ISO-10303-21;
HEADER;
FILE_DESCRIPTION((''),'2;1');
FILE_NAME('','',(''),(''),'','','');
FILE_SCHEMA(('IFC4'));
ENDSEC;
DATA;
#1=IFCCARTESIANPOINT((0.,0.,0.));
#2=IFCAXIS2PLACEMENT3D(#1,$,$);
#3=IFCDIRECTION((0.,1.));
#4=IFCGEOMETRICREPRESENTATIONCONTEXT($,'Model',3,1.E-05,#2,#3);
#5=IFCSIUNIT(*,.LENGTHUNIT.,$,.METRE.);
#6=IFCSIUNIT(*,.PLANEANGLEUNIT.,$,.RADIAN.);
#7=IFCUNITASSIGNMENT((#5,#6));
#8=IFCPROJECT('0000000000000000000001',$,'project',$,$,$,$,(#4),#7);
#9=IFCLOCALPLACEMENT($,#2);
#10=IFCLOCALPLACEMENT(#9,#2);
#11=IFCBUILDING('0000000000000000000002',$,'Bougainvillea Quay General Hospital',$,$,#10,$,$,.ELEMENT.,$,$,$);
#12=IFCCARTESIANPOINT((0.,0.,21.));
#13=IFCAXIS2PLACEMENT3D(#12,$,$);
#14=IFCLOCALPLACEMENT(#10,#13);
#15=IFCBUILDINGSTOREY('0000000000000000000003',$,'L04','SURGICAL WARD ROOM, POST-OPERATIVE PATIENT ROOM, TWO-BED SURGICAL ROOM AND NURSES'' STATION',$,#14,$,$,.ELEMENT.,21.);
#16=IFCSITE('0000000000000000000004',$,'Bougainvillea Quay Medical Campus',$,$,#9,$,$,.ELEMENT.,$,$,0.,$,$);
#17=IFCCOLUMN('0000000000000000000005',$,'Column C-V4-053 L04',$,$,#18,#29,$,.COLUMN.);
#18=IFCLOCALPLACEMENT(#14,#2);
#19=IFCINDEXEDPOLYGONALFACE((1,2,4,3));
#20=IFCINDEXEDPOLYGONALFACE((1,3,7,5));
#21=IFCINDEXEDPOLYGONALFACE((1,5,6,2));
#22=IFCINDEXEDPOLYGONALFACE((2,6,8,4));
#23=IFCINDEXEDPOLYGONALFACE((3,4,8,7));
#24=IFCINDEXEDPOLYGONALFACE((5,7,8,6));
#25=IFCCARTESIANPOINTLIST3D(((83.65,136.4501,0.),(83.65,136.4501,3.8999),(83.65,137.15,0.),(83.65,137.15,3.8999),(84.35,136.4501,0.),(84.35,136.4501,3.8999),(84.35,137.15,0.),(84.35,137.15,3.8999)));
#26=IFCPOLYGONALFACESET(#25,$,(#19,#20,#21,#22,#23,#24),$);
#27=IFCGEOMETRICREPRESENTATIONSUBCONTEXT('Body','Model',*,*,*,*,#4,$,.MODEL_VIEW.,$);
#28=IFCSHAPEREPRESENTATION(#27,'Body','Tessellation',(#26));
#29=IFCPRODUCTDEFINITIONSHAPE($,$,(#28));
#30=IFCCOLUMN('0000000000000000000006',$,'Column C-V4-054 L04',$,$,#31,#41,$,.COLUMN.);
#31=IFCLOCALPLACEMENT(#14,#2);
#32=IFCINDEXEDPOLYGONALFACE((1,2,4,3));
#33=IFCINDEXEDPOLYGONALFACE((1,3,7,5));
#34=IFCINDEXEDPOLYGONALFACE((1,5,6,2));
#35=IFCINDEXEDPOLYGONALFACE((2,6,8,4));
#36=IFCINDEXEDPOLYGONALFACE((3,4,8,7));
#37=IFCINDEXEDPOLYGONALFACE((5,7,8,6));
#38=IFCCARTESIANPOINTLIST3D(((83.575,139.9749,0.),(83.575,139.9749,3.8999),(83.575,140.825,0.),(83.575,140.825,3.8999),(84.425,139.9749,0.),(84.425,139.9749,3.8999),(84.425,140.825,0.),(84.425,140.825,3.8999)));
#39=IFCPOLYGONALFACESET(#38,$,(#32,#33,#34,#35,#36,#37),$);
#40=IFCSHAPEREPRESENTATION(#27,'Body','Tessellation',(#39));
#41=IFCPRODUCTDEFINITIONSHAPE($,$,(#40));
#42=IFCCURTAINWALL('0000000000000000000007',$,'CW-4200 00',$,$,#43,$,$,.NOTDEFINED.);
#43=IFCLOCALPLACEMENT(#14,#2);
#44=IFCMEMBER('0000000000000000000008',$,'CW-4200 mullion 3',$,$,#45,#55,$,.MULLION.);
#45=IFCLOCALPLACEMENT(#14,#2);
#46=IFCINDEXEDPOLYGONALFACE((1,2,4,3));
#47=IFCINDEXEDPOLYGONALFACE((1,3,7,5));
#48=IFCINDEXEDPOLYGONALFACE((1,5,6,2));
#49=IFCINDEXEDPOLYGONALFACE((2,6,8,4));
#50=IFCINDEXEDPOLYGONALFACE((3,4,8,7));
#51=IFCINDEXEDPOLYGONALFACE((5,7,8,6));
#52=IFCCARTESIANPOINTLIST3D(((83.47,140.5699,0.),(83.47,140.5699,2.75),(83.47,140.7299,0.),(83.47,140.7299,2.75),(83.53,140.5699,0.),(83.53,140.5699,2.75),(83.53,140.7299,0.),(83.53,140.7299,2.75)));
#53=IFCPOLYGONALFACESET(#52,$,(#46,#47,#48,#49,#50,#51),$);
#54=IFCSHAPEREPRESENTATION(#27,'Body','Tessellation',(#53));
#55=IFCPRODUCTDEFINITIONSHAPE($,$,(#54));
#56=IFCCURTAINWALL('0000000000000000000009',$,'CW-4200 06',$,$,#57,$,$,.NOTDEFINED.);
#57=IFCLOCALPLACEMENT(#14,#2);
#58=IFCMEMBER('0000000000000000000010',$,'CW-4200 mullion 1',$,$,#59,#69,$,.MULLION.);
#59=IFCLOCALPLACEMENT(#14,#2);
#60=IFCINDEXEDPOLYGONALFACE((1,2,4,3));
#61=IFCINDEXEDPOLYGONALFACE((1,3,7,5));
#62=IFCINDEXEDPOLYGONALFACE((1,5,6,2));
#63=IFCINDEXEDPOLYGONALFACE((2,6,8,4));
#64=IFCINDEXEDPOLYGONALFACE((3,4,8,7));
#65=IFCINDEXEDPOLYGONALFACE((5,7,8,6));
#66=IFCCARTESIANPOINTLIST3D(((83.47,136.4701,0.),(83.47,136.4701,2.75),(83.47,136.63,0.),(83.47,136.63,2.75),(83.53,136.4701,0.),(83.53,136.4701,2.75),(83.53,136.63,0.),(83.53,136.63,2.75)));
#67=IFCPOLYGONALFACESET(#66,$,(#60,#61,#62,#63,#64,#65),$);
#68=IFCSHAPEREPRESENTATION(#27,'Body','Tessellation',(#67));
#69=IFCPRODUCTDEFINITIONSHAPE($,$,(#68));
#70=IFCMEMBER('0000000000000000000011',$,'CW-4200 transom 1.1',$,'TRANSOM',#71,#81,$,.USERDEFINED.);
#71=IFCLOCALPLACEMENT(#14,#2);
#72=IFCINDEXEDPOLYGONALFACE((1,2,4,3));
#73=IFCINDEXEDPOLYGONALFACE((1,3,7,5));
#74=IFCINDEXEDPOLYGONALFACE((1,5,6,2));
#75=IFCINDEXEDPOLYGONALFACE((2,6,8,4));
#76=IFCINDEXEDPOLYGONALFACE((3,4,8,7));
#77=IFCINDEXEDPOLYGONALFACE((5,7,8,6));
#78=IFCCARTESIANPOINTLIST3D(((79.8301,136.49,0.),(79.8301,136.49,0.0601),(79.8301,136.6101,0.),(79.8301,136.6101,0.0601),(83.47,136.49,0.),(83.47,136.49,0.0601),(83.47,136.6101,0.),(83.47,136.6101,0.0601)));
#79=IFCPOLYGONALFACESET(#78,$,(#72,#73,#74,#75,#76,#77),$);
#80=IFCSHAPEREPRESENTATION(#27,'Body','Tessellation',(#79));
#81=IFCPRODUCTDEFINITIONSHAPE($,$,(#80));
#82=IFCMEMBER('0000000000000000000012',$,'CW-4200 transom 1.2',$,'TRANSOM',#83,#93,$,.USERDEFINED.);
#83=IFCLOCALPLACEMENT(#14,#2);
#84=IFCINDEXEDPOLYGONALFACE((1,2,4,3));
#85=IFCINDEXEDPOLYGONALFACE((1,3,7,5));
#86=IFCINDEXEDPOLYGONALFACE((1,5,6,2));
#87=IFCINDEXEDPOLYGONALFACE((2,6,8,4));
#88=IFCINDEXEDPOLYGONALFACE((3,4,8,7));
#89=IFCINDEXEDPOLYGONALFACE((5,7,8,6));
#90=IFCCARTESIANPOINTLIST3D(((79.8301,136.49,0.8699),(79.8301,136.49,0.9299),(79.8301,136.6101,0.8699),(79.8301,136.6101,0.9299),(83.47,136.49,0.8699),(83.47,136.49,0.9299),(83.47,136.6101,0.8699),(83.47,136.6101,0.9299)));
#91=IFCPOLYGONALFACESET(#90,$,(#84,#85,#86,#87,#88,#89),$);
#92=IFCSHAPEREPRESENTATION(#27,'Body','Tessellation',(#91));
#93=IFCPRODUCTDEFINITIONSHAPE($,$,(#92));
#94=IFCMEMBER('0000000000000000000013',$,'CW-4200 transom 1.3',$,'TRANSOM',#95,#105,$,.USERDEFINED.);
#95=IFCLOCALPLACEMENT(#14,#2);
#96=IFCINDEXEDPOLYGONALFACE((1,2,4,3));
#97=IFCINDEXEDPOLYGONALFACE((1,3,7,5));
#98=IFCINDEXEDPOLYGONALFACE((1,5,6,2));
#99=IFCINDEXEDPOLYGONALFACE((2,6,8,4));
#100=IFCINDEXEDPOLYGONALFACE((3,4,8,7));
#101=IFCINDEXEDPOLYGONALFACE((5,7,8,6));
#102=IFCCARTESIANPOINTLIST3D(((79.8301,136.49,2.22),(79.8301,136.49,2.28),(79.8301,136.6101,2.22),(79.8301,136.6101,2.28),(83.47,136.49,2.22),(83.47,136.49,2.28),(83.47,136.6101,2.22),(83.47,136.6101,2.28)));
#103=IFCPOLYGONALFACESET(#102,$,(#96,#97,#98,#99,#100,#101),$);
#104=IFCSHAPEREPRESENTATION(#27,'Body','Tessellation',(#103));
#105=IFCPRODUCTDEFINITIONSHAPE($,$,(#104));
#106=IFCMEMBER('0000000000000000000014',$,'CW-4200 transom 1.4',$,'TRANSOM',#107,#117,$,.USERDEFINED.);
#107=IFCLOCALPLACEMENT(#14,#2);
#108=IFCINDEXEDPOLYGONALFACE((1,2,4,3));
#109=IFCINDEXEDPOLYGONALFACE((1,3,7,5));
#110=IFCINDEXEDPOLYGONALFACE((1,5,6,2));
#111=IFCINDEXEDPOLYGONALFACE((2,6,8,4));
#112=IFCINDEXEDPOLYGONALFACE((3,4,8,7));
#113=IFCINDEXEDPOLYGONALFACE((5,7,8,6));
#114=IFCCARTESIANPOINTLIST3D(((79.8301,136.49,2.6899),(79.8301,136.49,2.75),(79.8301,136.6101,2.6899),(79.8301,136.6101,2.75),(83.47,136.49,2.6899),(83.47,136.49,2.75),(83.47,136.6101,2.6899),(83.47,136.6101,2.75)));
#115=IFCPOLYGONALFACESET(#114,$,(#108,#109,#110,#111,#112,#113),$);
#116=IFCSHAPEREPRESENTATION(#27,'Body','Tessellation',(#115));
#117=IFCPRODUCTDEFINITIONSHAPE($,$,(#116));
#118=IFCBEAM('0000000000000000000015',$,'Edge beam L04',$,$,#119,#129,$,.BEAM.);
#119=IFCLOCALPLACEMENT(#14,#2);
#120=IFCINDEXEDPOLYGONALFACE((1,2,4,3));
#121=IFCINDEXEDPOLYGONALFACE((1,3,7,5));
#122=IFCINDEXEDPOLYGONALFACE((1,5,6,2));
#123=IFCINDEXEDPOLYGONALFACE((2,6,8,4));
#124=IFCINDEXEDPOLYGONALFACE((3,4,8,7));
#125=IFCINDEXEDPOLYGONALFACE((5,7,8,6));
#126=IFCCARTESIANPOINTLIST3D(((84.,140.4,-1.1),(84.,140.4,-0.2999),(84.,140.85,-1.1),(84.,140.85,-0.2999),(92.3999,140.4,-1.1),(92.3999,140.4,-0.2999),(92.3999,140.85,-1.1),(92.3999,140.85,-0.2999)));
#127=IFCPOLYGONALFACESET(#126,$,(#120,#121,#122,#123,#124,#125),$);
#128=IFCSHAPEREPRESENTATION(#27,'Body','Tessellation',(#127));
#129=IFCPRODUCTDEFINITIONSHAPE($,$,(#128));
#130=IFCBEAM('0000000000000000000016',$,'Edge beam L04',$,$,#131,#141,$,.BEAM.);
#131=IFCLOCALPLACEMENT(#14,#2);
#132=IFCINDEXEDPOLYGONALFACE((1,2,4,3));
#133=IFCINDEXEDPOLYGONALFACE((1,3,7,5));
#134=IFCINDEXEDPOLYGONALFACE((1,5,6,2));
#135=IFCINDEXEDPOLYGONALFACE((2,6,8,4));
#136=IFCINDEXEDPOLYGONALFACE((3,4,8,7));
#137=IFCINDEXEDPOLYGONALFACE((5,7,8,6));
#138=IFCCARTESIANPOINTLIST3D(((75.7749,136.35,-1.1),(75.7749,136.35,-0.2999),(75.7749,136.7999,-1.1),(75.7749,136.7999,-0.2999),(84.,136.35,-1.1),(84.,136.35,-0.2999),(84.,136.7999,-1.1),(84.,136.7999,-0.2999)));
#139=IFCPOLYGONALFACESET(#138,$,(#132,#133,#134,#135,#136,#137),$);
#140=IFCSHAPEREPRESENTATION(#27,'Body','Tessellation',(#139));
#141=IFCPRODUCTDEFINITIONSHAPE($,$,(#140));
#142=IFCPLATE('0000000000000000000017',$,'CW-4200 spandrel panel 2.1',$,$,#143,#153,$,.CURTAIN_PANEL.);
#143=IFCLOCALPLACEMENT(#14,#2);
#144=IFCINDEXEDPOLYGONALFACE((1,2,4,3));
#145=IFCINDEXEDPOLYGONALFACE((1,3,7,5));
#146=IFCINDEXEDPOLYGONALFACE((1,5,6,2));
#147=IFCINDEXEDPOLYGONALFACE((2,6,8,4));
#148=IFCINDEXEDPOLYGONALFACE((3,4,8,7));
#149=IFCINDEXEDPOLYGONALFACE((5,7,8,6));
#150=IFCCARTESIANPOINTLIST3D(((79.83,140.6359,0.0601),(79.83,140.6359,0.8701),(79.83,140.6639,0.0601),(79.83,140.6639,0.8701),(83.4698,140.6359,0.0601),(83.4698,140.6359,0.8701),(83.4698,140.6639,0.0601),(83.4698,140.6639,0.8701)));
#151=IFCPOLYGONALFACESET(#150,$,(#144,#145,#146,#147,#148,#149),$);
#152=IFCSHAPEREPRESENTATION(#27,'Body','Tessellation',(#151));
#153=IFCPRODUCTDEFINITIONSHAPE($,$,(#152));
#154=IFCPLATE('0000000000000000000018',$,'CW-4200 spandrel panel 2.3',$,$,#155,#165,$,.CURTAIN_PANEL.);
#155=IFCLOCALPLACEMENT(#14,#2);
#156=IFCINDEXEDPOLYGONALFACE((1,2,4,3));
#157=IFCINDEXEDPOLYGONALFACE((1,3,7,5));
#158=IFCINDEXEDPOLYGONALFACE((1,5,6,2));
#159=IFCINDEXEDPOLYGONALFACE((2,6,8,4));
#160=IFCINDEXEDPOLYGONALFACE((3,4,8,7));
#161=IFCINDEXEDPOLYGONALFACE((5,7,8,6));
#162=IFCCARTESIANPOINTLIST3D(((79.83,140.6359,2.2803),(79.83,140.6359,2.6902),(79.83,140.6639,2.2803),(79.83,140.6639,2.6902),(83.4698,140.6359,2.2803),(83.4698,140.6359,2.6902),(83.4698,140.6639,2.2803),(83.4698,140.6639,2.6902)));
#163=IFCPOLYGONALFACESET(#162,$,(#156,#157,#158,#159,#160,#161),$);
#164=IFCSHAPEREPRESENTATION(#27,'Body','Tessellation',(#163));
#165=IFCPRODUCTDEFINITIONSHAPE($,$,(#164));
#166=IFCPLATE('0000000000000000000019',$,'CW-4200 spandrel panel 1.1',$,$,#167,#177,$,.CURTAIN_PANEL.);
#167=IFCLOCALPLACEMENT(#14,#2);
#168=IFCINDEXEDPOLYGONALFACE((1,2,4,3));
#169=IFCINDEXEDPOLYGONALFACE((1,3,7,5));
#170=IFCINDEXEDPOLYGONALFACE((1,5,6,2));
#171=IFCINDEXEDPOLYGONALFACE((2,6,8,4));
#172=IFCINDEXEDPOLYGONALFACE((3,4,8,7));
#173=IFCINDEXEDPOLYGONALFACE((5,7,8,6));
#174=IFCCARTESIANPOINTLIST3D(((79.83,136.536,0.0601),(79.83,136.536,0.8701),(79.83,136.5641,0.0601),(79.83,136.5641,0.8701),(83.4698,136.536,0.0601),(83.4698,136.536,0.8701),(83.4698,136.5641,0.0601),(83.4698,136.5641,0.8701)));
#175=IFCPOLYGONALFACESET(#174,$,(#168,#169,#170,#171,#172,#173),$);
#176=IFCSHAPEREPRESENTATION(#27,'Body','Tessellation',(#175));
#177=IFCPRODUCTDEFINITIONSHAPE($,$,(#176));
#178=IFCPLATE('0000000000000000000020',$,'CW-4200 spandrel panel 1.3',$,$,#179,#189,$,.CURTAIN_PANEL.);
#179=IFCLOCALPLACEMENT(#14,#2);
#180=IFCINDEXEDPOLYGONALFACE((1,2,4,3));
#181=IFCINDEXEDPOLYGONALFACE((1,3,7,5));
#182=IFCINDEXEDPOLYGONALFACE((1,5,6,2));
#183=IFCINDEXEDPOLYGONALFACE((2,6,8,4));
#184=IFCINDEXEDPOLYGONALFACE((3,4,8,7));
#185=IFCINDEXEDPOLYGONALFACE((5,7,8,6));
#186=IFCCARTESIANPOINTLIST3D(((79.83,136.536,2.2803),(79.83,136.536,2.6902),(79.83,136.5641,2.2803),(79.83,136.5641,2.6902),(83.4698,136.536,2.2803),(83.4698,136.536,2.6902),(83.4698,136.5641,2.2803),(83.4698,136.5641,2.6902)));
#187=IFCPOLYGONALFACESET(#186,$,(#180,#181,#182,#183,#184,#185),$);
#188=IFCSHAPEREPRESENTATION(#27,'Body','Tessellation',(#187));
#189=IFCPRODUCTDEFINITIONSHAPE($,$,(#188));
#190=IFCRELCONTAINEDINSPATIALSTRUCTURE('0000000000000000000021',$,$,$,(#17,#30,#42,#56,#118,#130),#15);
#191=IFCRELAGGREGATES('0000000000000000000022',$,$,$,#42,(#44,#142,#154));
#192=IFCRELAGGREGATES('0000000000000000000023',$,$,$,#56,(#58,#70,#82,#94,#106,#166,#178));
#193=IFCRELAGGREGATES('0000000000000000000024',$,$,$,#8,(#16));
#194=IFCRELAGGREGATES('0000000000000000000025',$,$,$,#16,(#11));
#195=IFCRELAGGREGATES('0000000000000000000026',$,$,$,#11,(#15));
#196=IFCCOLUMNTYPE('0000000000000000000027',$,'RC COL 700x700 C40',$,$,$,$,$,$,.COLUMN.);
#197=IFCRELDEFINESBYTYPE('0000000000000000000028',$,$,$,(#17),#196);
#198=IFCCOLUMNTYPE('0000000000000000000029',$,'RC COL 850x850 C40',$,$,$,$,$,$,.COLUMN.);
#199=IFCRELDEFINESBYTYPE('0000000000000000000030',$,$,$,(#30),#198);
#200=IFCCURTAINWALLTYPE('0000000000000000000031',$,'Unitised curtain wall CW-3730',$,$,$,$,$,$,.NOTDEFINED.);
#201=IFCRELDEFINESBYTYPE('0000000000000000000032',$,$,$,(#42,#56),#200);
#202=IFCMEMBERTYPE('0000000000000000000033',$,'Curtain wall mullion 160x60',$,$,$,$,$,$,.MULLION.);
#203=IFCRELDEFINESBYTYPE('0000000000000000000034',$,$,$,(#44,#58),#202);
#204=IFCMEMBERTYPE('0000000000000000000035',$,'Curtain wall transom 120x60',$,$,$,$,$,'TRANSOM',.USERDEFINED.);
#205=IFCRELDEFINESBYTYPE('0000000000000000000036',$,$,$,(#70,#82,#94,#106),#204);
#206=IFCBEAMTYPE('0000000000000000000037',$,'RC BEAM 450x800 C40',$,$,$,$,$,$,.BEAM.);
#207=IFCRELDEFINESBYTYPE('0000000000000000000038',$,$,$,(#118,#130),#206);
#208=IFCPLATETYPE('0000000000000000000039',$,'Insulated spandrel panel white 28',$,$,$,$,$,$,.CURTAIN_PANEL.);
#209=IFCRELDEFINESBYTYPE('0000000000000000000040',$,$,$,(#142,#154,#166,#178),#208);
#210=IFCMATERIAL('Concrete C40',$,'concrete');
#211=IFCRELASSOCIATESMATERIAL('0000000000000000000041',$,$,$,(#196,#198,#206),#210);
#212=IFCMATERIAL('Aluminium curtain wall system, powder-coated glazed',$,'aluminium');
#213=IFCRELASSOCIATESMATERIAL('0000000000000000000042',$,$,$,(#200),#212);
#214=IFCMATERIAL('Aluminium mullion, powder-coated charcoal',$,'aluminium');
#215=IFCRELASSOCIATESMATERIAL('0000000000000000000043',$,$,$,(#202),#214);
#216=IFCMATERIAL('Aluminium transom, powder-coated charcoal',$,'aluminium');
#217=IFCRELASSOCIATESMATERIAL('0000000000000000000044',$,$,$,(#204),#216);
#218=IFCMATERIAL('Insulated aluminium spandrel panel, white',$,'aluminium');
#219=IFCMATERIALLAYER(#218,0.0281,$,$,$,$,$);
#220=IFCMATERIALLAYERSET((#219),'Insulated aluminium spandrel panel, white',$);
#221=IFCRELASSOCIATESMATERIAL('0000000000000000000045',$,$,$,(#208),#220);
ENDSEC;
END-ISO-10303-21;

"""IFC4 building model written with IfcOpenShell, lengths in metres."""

from ifc_helpers import new_model, si_unit, direction, frame, origin, origin_2d, place, context, subcontext, project, spatial, rectangle, extrude, material, layer, layer_set, material_profile, profile_set, type_object, element, aggregate, save


model = new_model("IFC4")

# Units and contexts
model_context = context("Model", 3, precision=1e-05, world=origin(), true_north=direction((0.0, 1.0)))
body_context = subcontext(model_context, "Body", "Model", "MODEL_VIEW")
ifc_project = project(units=[si_unit("LENGTHUNIT", "METRE"), si_unit("PLANEANGLEUNIT", "RADIAN")], contexts=[model_context])

# Site, building, storey
site_placement = place(None, origin())
site = spatial("IfcSite", under=ifc_project, at=site_placement, Name="Bougainvillea Quay Medical Campus", CompositionType="ELEMENT", RefElevation=0.0)
building_placement = place(site_placement, origin())
building = spatial("IfcBuilding", under=site, at=building_placement, Name="Bougainvillea Quay General Hospital", CompositionType="ELEMENT")
storey_placement = place(building_placement, frame((0.0, 0.0, 21.0)))
storey = spatial("IfcBuildingStorey", under=building, at=storey_placement, Name="L04", Description="SURGICAL WARD ROOM, POST-OPERATIVE PATIENT ROOM, TWO-BED SURGICAL ROOM AND NURSES' STATION", CompositionType="ELEMENT", Elevation=21.0)

# Columns
ifc_material_1 = material(Name="Concrete C40", Category="concrete")
ifc_material_profile_1 = material_profile(ifc_material_1, rectangle(XDim=0.7, YDim=0.7, at=origin_2d()))
ifc_profile_set_1 = profile_set([ifc_material_profile_1], Name="Concrete C40")
column_type_1 = type_object("IfcColumnType", Name="RC COL 700x700 C40", PredefinedType="COLUMN", material=ifc_profile_set_1)
column_1_placement = place(storey_placement, frame((84.0, 136.8, 0.0), z_axis=(0.0, 0.0, 1.0), x_axis=(1.0, 0.0, 0.0)))
element("IfcColumn", 1, at=column_1_placement, inside=storey, type_object=column_type_1, Name="Column C-V4-053 L04", PredefinedType="COLUMN", context=body_context, shape_type="SweptSolid", body=[
    extrude(rectangle(XDim=0.7, YDim=0.7, at=origin_2d()), origin(), (0.0, 0.0, 1.0), 3.8999),
])
ifc_material_profile_2 = material_profile(ifc_material_1, rectangle(XDim=0.8501, YDim=0.8501, at=origin_2d()))
ifc_profile_set_2 = profile_set([ifc_material_profile_2], Name="Concrete C40")
column_type_2 = type_object("IfcColumnType", Name="RC COL 850x850 C40", PredefinedType="COLUMN", material=ifc_profile_set_2)
column_2_placement = place(storey_placement, frame((84.0, 140.3999, 0.0), z_axis=(0.0, 0.0, 1.0), x_axis=(1.0, 0.0, 0.0)))
element("IfcColumn", 2, at=column_2_placement, inside=storey, type_object=column_type_2, Name="Column C-V4-054 L04", PredefinedType="COLUMN", context=body_context, shape_type="SweptSolid", body=[
    extrude(rectangle(XDim=0.8501, YDim=0.8501, at=origin_2d()), origin(), (0.0, 0.0, 1.0), 3.8999),
])

# Curtain wall, member
ifc_material_2 = material(Name="Aluminium curtain wall system, powder-coated glazed", Category="aluminium")
curtain_wall_type = type_object("IfcCurtainWallType", Name="Unitised curtain wall CW-3730", PredefinedType="NOTDEFINED", material=ifc_material_2)
curtain_wall_1_placement = place(storey_placement, origin())
curtain_wall_1 = element("IfcCurtainWall", 3, at=curtain_wall_1_placement, inside=storey, type_object=curtain_wall_type, Name="CW-4200 00", PredefinedType="NOTDEFINED")
ifc_material_3 = material(Name="Aluminium mullion, powder-coated charcoal", Category="aluminium")
ifc_material_profile_3 = material_profile(ifc_material_3, rectangle(XDim=0.1599, YDim=0.0601, at=origin_2d()))
ifc_profile_set_3 = profile_set([ifc_material_profile_3], Name="Aluminium mullion, powder-coated charcoal")
member_type_1 = type_object("IfcMemberType", Name="Curtain wall mullion 160x60", PredefinedType="MULLION", material=ifc_profile_set_3)
member_1_placement = place(storey_placement, frame((83.5, 140.6499, 0.0), z_axis=(0.0, 0.0, 1.0), x_axis=(0.0, 1.0, 0.0)))
member_1 = element("IfcMember", 4, at=member_1_placement, type_object=member_type_1, Name="CW-4200 mullion 3", PredefinedType="MULLION", context=body_context, shape_type="SweptSolid", body=[
    extrude(rectangle(XDim=0.1599, YDim=0.0601, at=origin_2d()), origin(), (0.0, 0.0, 1.0), 2.75),
])

# Curtain wall, members
curtain_wall_2_placement = place(storey_placement, origin())
curtain_wall_2 = element("IfcCurtainWall", 5, at=curtain_wall_2_placement, inside=storey, type_object=curtain_wall_type, Name="CW-4200 06", PredefinedType="NOTDEFINED")
member_2_placement = place(storey_placement, frame((83.5, 136.55, 0.0), z_axis=(0.0, 0.0, 1.0), x_axis=(0.0, -1.0, 0.0)))
member_2 = element("IfcMember", 6, at=member_2_placement, type_object=member_type_1, Name="CW-4200 mullion 1", PredefinedType="MULLION", context=body_context, shape_type="SweptSolid", body=[
    extrude(rectangle(XDim=0.1599, YDim=0.0601, at=origin_2d()), origin(), (0.0, 0.0, 1.0), 2.75),
])
ifc_material_4 = material(Name="Aluminium transom, powder-coated charcoal", Category="aluminium")
ifc_material_profile_4 = material_profile(ifc_material_4, rectangle(XDim=0.1201, YDim=0.0601, at=origin_2d()))
ifc_profile_set_4 = profile_set([ifc_material_profile_4], Name="Aluminium transom, powder-coated charcoal")
member_type_2 = type_object("IfcMemberType", Name="Curtain wall transom 120x60", ElementType="TRANSOM", PredefinedType="USERDEFINED", material=ifc_profile_set_4)
member_3_placement = place(storey_placement, frame((83.47, 136.55, 0.03), z_axis=(-1.0, 0.0, 0.0), x_axis=(0.0, -1.0, 0.0)))
member_3 = element("IfcMember", 7, at=member_3_placement, type_object=member_type_2, Name="CW-4200 transom 1.1", ObjectType="TRANSOM", PredefinedType="USERDEFINED", context=body_context, shape_type="SweptSolid", body=[
    extrude(rectangle(XDim=0.1201, YDim=0.0601, at=origin_2d()), origin(), (0.0, 0.0, 1.0), 3.6399),
])
member_4_placement = place(storey_placement, frame((83.47, 136.55, 0.8999), z_axis=(-1.0, 0.0, 0.0), x_axis=(0.0, -1.0, 0.0)))
member_4 = element("IfcMember", 8, at=member_4_placement, type_object=member_type_2, Name="CW-4200 transom 1.2", ObjectType="TRANSOM", PredefinedType="USERDEFINED", context=body_context, shape_type="SweptSolid", body=[
    extrude(rectangle(XDim=0.1201, YDim=0.0601, at=origin_2d()), origin(), (0.0, 0.0, 1.0), 3.6399),
])
member_5_placement = place(storey_placement, frame((83.47, 136.55, 2.25), z_axis=(-1.0, 0.0, 0.0), x_axis=(0.0, -1.0, 0.0)))
member_5 = element("IfcMember", 9, at=member_5_placement, type_object=member_type_2, Name="CW-4200 transom 1.3", ObjectType="TRANSOM", PredefinedType="USERDEFINED", context=body_context, shape_type="SweptSolid", body=[
    extrude(rectangle(XDim=0.1201, YDim=0.0601, at=origin_2d()), origin(), (0.0, 0.0, 1.0), 3.6399),
])
member_6_placement = place(storey_placement, frame((83.47, 136.55, 2.72), z_axis=(-1.0, 0.0, 0.0), x_axis=(0.0, -1.0, 0.0)))
member_6 = element("IfcMember", 10, at=member_6_placement, type_object=member_type_2, Name="CW-4200 transom 1.4", ObjectType="TRANSOM", PredefinedType="USERDEFINED", context=body_context, shape_type="SweptSolid", body=[
    extrude(rectangle(XDim=0.1201, YDim=0.0601, at=origin_2d()), origin(), (0.0, 0.0, 1.0), 3.6399),
])

# Beams
ifc_material_profile_5 = material_profile(ifc_material_1, rectangle(XDim=0.45, YDim=0.8, at=origin_2d()))
ifc_profile_set_5 = profile_set([ifc_material_profile_5], Name="Concrete C40")
beam_type = type_object("IfcBeamType", Name="RC BEAM 450x800 C40", PredefinedType="BEAM", material=ifc_profile_set_5)
beam_1_placement = place(storey_placement, frame((84.0, 140.625, -0.7), z_axis=(1.0, 0.0, 0.0), x_axis=(0.0, 1.0, 0.0)))
element("IfcBeam", 11, at=beam_1_placement, inside=storey, type_object=beam_type, Name="Edge beam L04", PredefinedType="BEAM", context=body_context, shape_type="SweptSolid", body=[
    extrude(rectangle(XDim=0.45, YDim=0.8, at=origin_2d()), origin(), (0.0, 0.0, 1.0), 8.3999),
])
beam_2_placement = place(storey_placement, frame((84.0, 136.575, -0.7), z_axis=(-1.0, 0.0, 0.0), x_axis=(0.0, -1.0, 0.0)))
element("IfcBeam", 12, at=beam_2_placement, inside=storey, type_object=beam_type, Name="Edge beam L04", PredefinedType="BEAM", context=body_context, shape_type="SweptSolid", body=[
    extrude(rectangle(XDim=0.45, YDim=0.8, at=origin_2d()), origin(), (0.0, 0.0, 1.0), 8.2251),
])

# Plates
ifc_material_5 = material(Name="Insulated aluminium spandrel panel, white", Category="aluminium")
ifc_layer_1 = layer(ifc_material_5, 0.0281)
ifc_layer_set_1 = layer_set([ifc_layer_1], Name="Insulated aluminium spandrel panel, white")
plate_type_1 = type_object("IfcPlateType", Name="Insulated spandrel panel white 28", PredefinedType="CURTAIN_PANEL", material=ifc_layer_set_1)
plate_1_placement = place(storey_placement, frame((81.6499, 140.6499, 0.0601), z_axis=(0.0, 0.0, 1.0), x_axis=(1.0, 0.0, 0.0)))
plate_1 = element("IfcPlate", 13, at=plate_1_placement, type_object=plate_type_1, Name="CW-4200 spandrel panel 2.1", PredefinedType="CURTAIN_PANEL", context=body_context, shape_type="SweptSolid", body=[
    extrude(rectangle(XDim=3.6399, YDim=0.0281, at=origin_2d()), origin(), (0.0, 0.0, 1.0), 0.8101),
])
plate_2_placement = place(storey_placement, frame((81.6499, 140.6499, 2.2803), z_axis=(0.0, 0.0, 1.0), x_axis=(1.0, 0.0, 0.0)))
plate_2 = element("IfcPlate", 14, at=plate_2_placement, type_object=plate_type_1, Name="CW-4200 spandrel panel 2.3", PredefinedType="CURTAIN_PANEL", context=body_context, shape_type="SweptSolid", body=[
    extrude(rectangle(XDim=3.6399, YDim=0.0281, at=origin_2d()), origin(), (0.0, 0.0, 1.0), 0.4099),
])
plate_3_placement = place(storey_placement, frame((81.6499, 136.55, 0.0601), z_axis=(0.0, 0.0, 1.0), x_axis=(-1.0, 0.0, 0.0)))
plate_3 = element("IfcPlate", 15, at=plate_3_placement, type_object=plate_type_1, Name="CW-4200 spandrel panel 1.1", PredefinedType="CURTAIN_PANEL", context=body_context, shape_type="SweptSolid", body=[
    extrude(rectangle(XDim=3.6399, YDim=0.0281, at=origin_2d()), origin(), (0.0, 0.0, 1.0), 0.8101),
])
plate_4_placement = place(storey_placement, frame((81.6499, 136.55, 2.2803), z_axis=(0.0, 0.0, 1.0), x_axis=(-1.0, 0.0, 0.0)))
plate_4 = element("IfcPlate", 16, at=plate_4_placement, type_object=plate_type_1, Name="CW-4200 spandrel panel 1.3", PredefinedType="CURTAIN_PANEL", context=body_context, shape_type="SweptSolid", body=[
    extrude(rectangle(XDim=3.6399, YDim=0.0281, at=origin_2d()), origin(), (0.0, 0.0, 1.0), 0.4099),
])
aggregate(curtain_wall_1, [member_1, plate_1, plate_2])
aggregate(curtain_wall_2, [member_2, member_3, member_4, member_5, member_6, plate_3, plate_4])

save(model, "model.ifc")
